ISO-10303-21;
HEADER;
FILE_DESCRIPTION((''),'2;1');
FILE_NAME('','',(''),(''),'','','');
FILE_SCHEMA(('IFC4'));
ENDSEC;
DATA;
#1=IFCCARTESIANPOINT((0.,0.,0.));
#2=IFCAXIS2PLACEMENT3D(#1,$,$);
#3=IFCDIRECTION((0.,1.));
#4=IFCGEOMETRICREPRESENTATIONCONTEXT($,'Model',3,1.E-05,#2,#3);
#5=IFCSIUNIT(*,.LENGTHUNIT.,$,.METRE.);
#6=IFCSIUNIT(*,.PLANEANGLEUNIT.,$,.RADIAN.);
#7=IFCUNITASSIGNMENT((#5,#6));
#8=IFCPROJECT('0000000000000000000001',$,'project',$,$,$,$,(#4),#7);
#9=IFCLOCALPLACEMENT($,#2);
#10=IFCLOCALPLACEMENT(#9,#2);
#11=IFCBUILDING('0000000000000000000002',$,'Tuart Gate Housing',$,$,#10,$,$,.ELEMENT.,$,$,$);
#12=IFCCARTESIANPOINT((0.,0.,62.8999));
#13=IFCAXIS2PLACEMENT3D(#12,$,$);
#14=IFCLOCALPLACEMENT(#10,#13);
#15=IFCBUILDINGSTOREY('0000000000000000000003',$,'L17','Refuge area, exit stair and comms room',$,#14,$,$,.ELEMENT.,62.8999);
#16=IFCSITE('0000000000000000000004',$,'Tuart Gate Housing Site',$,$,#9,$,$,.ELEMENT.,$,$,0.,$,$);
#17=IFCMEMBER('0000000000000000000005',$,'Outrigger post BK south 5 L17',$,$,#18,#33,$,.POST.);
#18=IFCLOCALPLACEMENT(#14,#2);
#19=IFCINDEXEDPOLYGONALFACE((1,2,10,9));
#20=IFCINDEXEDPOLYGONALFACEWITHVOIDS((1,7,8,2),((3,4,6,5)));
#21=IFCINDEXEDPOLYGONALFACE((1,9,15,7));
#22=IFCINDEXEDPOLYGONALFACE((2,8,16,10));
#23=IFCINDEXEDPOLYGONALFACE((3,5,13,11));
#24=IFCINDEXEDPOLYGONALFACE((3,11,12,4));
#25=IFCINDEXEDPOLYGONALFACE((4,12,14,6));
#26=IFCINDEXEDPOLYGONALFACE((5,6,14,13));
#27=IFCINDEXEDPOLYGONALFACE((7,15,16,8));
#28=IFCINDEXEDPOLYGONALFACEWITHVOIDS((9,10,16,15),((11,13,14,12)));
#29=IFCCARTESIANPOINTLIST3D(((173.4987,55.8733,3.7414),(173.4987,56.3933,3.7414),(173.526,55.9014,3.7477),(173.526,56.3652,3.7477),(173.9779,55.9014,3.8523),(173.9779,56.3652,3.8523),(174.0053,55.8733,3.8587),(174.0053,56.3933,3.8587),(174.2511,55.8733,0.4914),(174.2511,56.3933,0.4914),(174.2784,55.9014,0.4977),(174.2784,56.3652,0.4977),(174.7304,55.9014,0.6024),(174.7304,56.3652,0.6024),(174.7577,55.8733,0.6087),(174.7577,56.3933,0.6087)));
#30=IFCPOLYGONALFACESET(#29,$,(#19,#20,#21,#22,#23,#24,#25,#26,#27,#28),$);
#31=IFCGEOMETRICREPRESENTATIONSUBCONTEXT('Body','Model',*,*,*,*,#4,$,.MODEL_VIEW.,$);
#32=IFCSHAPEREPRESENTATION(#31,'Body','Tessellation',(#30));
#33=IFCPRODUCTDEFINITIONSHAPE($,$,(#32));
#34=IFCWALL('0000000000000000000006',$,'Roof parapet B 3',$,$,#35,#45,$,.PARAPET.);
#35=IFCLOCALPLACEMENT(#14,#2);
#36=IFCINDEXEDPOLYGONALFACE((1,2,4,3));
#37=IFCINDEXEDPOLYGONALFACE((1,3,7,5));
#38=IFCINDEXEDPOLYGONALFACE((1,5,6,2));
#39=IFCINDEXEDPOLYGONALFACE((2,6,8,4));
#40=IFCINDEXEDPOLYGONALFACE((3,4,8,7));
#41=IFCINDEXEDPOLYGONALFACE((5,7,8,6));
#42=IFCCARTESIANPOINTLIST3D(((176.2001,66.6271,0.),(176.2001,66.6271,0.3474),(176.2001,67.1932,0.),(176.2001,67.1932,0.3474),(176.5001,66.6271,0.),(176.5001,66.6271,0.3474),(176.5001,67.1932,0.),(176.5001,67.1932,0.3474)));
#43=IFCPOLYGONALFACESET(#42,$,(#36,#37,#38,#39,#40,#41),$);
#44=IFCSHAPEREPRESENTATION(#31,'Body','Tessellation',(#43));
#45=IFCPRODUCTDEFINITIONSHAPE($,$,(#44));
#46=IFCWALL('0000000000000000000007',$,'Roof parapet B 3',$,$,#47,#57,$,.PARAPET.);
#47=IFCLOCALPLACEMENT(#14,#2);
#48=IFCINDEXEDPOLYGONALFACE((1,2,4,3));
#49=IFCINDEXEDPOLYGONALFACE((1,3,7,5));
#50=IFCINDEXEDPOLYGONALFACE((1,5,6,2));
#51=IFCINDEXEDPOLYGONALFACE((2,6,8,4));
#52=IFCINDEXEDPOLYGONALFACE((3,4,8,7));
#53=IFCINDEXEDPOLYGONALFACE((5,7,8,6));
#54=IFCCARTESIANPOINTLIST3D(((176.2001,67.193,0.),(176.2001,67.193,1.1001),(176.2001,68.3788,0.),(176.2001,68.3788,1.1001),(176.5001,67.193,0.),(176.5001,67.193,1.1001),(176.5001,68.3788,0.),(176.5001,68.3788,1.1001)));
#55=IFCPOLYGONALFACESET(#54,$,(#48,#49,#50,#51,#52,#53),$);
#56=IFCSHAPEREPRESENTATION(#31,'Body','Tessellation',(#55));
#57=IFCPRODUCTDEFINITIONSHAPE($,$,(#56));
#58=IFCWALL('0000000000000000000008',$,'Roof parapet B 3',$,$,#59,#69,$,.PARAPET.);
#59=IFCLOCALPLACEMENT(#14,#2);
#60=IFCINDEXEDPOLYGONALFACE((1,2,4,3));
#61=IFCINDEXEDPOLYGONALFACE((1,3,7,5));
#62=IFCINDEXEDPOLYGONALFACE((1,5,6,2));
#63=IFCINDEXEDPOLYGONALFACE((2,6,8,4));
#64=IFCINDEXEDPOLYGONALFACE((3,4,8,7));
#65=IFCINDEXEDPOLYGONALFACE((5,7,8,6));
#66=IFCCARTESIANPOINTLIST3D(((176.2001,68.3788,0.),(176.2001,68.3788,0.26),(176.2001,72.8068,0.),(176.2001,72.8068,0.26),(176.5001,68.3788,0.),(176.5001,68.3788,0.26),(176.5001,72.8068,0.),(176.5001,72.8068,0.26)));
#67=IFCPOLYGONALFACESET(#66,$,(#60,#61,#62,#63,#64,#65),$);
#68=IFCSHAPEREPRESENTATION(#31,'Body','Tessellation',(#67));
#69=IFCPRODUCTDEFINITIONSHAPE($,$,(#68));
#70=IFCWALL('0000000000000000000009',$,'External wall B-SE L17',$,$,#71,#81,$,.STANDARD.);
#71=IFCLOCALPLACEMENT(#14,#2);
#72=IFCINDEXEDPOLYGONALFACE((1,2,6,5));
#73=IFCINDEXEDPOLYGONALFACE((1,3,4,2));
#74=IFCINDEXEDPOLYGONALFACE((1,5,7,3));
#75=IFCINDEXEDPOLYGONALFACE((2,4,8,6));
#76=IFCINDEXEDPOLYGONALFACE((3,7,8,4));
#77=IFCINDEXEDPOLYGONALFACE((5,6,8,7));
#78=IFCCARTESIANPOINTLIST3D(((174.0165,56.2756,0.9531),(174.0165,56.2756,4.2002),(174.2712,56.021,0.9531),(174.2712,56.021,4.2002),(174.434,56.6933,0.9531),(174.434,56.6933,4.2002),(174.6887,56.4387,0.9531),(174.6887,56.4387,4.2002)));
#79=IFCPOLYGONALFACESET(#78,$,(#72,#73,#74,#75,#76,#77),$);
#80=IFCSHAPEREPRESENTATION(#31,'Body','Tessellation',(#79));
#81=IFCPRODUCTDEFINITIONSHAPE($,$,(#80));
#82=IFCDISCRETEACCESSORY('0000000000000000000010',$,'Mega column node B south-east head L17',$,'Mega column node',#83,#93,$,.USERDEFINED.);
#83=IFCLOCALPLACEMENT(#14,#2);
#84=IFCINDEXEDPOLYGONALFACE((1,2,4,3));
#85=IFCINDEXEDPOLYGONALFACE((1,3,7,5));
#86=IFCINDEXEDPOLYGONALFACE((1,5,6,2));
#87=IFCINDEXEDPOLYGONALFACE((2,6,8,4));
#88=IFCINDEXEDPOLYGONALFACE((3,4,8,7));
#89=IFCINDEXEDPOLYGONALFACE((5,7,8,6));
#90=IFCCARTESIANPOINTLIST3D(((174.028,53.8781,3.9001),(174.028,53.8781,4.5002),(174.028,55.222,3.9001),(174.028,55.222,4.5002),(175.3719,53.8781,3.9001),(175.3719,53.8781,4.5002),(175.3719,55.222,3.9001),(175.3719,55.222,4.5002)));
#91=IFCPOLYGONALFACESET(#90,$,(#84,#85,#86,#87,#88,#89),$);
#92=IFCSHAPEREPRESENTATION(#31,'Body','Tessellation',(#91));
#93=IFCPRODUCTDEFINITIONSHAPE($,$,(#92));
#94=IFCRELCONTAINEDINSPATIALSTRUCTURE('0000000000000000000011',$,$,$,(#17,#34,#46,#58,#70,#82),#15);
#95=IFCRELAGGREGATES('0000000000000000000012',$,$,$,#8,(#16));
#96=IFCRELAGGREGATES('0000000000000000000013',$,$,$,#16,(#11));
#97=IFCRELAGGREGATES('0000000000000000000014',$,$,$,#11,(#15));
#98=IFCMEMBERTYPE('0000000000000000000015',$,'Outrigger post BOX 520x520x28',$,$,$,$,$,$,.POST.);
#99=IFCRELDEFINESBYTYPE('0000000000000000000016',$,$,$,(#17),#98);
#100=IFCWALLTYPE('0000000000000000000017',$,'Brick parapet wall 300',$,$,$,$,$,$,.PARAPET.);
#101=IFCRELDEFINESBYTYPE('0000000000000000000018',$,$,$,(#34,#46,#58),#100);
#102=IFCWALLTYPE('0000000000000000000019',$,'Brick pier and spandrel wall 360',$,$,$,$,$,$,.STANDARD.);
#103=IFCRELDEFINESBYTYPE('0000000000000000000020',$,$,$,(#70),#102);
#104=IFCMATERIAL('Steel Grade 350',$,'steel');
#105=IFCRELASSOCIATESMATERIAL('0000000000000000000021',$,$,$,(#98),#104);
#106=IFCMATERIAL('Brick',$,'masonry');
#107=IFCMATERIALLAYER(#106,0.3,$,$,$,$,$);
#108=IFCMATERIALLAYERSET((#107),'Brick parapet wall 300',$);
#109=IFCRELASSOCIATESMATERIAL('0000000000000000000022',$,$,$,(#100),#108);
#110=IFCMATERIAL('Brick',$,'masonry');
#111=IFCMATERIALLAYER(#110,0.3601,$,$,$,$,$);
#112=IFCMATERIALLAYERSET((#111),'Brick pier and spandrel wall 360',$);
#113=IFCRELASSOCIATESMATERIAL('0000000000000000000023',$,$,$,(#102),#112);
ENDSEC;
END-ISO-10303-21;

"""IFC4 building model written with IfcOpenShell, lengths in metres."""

from ifc_helpers import new_model, si_unit, direction, frame, frame_2d, origin, origin_2d, place, context, subcontext, project, spatial, rectangle, hollow_rectangle, extrude, material, layer, layer_set, material_profile, profile_set, type_object, element, save


model = new_model("IFC4")

# Units and contexts
model_context = context("Model", 3, precision=1e-05, world=origin(), true_north=direction((0.0, 1.0)))
body_context = subcontext(model_context, "Body", "Model", "MODEL_VIEW")
ifc_project = project(units=[si_unit("LENGTHUNIT", "METRE"), si_unit("PLANEANGLEUNIT", "RADIAN")], contexts=[model_context])

# Site, building, storey
site_placement = place(None, origin())
site = spatial("IfcSite", under=ifc_project, at=site_placement, Name="Tuart Gate Housing Site", CompositionType="ELEMENT", RefElevation=0.0)
building_placement = place(site_placement, origin())
building = spatial("IfcBuilding", under=site, at=building_placement, Name="Tuart Gate Housing", CompositionType="ELEMENT")
storey_placement = place(building_placement, frame((0.0, 0.0, 62.8999)))
storey = spatial("IfcBuildingStorey", under=building, at=storey_placement, Name="L17", Description="Refuge area, exit stair and comms room", CompositionType="ELEMENT", Elevation=62.8999)

# Member
ifc_material_1 = material(Name="Steel Grade 350", Category="steel")
ifc_material_profile_1 = material_profile(ifc_material_1, hollow_rectangle(XDim=0.52, YDim=0.52, WallThickness=0.0281, at=origin_2d()), Name="BOX 520x520x28")
ifc_profile_set_1 = profile_set([ifc_material_profile_1], Name="Steel Grade 350")
member_type_1 = type_object("IfcMemberType", Name="Outrigger post BOX 520x520x28", PredefinedType="POST", material=ifc_profile_set_1)
member_1_placement = place(storey_placement, frame((174.5044, 56.1333, 0.55), z_axis=(-0.225554, 0.0, 0.974231), x_axis=(0.0, -1.0, 0.0)))
element("IfcMember", 1, at=member_1_placement, inside=storey, type_object=member_type_1, Name="Outrigger post BK south 5 L17", PredefinedType="POST", context=body_context, shape_type="SweptSolid", body=[
    extrude(hollow_rectangle(XDim=0.52, YDim=0.52, WallThickness=0.0281, at=origin_2d()), origin(), (0.0, 0.0, 1.0), 3.3359),
])

# Walls
ifc_material_2 = material(Name="Brick", Category="masonry")
ifc_layer_1 = layer(ifc_material_2, 0.3)
ifc_layer_set_1 = layer_set([ifc_layer_1], Name="Brick parapet wall 300")
wall_type_1 = type_object("IfcWallType", Name="Brick parapet wall 300", PredefinedType="PARAPET", material=ifc_layer_set_1)
wall_1_placement = place(storey_placement, frame((176.3501, 66.627, 0.0), z_axis=(0.0, 0.0, 1.0), x_axis=(0.0, 1.0, 0.0)))
element("IfcWall", 2, at=wall_1_placement, inside=storey, type_object=wall_type_1, Name="Roof parapet B 3", PredefinedType="PARAPET", context=body_context, shape_type="SweptSolid", body=[
    extrude(rectangle(XDim=0.5662, YDim=0.3, at=frame_2d((0.2832, 0.0))), origin(), (0.0, 0.0, 1.0), 0.3474),
])
wall_2_placement = place(storey_placement, frame((176.3501, 67.1931, 0.0), z_axis=(0.0, 0.0, 1.0), x_axis=(0.0, 1.0, 0.0)))
element("IfcWall", 3, at=wall_2_placement, inside=storey, type_object=wall_type_1, Name="Roof parapet B 3", PredefinedType="PARAPET", context=body_context, shape_type="SweptSolid", body=[
    extrude(rectangle(XDim=1.1858, YDim=0.3, at=frame_2d((0.5928, 0.0))), origin(), (0.0, 0.0, 1.0), 1.1001),
])
wall_3_placement = place(storey_placement, frame((176.3501, 68.3789, 0.0), z_axis=(0.0, 0.0, 1.0), x_axis=(0.0, 1.0, 0.0)))
element("IfcWall", 4, at=wall_3_placement, inside=storey, type_object=wall_type_1, Name="Roof parapet B 3", PredefinedType="PARAPET", context=body_context, shape_type="SweptSolid", body=[
    extrude(rectangle(XDim=4.428, YDim=0.3, at=frame_2d((2.2139, 0.0))), origin(), (0.0, 0.0, 1.0), 0.26),
])
ifc_material_3 = material(Name="Brick", Category="masonry")
ifc_layer_2 = layer(ifc_material_3, 0.3601)
ifc_layer_set_2 = layer_set([ifc_layer_2], Name="Brick pier and spandrel wall 360")
wall_type_2 = type_object("IfcWallType", Name="Brick pier and spandrel wall 360", PredefinedType="STANDARD", material=ifc_layer_set_2)
wall_4_placement = place(storey_placement, frame((174.1438, 56.1482, 0.9531), z_axis=(0.0, 0.0, 1.0), x_axis=(0.7069, 0.707313, 0.0)))
element("IfcWall", 5, at=wall_4_placement, inside=storey, type_object=wall_type_2, Name="External wall B-SE L17", PredefinedType="STANDARD", context=body_context, shape_type="SweptSolid", body=[
    extrude(rectangle(XDim=0.5906, YDim=0.3601, at=frame_2d((0.2954, 0.0))), origin(), (0.0, 0.0, 1.0), 3.2471),
])

# Discrete accessory
discrete_accessory_placement = place(storey_placement, frame((174.7, 54.55, 3.9001), z_axis=(0.0, 0.0, 1.0), x_axis=(1.0, 0.0, 0.0)))
element("IfcDiscreteAccessory", 6, at=discrete_accessory_placement, inside=storey, Name="Mega column node B south-east head L17", ObjectType="Mega column node", PredefinedType="USERDEFINED", context=body_context, shape_type="SweptSolid", body=[
    extrude(rectangle(XDim=1.344, YDim=1.344, at=origin_2d()), origin(), (0.0, 0.0, 1.0), 0.6001),
])

save(model, "model.ifc")
